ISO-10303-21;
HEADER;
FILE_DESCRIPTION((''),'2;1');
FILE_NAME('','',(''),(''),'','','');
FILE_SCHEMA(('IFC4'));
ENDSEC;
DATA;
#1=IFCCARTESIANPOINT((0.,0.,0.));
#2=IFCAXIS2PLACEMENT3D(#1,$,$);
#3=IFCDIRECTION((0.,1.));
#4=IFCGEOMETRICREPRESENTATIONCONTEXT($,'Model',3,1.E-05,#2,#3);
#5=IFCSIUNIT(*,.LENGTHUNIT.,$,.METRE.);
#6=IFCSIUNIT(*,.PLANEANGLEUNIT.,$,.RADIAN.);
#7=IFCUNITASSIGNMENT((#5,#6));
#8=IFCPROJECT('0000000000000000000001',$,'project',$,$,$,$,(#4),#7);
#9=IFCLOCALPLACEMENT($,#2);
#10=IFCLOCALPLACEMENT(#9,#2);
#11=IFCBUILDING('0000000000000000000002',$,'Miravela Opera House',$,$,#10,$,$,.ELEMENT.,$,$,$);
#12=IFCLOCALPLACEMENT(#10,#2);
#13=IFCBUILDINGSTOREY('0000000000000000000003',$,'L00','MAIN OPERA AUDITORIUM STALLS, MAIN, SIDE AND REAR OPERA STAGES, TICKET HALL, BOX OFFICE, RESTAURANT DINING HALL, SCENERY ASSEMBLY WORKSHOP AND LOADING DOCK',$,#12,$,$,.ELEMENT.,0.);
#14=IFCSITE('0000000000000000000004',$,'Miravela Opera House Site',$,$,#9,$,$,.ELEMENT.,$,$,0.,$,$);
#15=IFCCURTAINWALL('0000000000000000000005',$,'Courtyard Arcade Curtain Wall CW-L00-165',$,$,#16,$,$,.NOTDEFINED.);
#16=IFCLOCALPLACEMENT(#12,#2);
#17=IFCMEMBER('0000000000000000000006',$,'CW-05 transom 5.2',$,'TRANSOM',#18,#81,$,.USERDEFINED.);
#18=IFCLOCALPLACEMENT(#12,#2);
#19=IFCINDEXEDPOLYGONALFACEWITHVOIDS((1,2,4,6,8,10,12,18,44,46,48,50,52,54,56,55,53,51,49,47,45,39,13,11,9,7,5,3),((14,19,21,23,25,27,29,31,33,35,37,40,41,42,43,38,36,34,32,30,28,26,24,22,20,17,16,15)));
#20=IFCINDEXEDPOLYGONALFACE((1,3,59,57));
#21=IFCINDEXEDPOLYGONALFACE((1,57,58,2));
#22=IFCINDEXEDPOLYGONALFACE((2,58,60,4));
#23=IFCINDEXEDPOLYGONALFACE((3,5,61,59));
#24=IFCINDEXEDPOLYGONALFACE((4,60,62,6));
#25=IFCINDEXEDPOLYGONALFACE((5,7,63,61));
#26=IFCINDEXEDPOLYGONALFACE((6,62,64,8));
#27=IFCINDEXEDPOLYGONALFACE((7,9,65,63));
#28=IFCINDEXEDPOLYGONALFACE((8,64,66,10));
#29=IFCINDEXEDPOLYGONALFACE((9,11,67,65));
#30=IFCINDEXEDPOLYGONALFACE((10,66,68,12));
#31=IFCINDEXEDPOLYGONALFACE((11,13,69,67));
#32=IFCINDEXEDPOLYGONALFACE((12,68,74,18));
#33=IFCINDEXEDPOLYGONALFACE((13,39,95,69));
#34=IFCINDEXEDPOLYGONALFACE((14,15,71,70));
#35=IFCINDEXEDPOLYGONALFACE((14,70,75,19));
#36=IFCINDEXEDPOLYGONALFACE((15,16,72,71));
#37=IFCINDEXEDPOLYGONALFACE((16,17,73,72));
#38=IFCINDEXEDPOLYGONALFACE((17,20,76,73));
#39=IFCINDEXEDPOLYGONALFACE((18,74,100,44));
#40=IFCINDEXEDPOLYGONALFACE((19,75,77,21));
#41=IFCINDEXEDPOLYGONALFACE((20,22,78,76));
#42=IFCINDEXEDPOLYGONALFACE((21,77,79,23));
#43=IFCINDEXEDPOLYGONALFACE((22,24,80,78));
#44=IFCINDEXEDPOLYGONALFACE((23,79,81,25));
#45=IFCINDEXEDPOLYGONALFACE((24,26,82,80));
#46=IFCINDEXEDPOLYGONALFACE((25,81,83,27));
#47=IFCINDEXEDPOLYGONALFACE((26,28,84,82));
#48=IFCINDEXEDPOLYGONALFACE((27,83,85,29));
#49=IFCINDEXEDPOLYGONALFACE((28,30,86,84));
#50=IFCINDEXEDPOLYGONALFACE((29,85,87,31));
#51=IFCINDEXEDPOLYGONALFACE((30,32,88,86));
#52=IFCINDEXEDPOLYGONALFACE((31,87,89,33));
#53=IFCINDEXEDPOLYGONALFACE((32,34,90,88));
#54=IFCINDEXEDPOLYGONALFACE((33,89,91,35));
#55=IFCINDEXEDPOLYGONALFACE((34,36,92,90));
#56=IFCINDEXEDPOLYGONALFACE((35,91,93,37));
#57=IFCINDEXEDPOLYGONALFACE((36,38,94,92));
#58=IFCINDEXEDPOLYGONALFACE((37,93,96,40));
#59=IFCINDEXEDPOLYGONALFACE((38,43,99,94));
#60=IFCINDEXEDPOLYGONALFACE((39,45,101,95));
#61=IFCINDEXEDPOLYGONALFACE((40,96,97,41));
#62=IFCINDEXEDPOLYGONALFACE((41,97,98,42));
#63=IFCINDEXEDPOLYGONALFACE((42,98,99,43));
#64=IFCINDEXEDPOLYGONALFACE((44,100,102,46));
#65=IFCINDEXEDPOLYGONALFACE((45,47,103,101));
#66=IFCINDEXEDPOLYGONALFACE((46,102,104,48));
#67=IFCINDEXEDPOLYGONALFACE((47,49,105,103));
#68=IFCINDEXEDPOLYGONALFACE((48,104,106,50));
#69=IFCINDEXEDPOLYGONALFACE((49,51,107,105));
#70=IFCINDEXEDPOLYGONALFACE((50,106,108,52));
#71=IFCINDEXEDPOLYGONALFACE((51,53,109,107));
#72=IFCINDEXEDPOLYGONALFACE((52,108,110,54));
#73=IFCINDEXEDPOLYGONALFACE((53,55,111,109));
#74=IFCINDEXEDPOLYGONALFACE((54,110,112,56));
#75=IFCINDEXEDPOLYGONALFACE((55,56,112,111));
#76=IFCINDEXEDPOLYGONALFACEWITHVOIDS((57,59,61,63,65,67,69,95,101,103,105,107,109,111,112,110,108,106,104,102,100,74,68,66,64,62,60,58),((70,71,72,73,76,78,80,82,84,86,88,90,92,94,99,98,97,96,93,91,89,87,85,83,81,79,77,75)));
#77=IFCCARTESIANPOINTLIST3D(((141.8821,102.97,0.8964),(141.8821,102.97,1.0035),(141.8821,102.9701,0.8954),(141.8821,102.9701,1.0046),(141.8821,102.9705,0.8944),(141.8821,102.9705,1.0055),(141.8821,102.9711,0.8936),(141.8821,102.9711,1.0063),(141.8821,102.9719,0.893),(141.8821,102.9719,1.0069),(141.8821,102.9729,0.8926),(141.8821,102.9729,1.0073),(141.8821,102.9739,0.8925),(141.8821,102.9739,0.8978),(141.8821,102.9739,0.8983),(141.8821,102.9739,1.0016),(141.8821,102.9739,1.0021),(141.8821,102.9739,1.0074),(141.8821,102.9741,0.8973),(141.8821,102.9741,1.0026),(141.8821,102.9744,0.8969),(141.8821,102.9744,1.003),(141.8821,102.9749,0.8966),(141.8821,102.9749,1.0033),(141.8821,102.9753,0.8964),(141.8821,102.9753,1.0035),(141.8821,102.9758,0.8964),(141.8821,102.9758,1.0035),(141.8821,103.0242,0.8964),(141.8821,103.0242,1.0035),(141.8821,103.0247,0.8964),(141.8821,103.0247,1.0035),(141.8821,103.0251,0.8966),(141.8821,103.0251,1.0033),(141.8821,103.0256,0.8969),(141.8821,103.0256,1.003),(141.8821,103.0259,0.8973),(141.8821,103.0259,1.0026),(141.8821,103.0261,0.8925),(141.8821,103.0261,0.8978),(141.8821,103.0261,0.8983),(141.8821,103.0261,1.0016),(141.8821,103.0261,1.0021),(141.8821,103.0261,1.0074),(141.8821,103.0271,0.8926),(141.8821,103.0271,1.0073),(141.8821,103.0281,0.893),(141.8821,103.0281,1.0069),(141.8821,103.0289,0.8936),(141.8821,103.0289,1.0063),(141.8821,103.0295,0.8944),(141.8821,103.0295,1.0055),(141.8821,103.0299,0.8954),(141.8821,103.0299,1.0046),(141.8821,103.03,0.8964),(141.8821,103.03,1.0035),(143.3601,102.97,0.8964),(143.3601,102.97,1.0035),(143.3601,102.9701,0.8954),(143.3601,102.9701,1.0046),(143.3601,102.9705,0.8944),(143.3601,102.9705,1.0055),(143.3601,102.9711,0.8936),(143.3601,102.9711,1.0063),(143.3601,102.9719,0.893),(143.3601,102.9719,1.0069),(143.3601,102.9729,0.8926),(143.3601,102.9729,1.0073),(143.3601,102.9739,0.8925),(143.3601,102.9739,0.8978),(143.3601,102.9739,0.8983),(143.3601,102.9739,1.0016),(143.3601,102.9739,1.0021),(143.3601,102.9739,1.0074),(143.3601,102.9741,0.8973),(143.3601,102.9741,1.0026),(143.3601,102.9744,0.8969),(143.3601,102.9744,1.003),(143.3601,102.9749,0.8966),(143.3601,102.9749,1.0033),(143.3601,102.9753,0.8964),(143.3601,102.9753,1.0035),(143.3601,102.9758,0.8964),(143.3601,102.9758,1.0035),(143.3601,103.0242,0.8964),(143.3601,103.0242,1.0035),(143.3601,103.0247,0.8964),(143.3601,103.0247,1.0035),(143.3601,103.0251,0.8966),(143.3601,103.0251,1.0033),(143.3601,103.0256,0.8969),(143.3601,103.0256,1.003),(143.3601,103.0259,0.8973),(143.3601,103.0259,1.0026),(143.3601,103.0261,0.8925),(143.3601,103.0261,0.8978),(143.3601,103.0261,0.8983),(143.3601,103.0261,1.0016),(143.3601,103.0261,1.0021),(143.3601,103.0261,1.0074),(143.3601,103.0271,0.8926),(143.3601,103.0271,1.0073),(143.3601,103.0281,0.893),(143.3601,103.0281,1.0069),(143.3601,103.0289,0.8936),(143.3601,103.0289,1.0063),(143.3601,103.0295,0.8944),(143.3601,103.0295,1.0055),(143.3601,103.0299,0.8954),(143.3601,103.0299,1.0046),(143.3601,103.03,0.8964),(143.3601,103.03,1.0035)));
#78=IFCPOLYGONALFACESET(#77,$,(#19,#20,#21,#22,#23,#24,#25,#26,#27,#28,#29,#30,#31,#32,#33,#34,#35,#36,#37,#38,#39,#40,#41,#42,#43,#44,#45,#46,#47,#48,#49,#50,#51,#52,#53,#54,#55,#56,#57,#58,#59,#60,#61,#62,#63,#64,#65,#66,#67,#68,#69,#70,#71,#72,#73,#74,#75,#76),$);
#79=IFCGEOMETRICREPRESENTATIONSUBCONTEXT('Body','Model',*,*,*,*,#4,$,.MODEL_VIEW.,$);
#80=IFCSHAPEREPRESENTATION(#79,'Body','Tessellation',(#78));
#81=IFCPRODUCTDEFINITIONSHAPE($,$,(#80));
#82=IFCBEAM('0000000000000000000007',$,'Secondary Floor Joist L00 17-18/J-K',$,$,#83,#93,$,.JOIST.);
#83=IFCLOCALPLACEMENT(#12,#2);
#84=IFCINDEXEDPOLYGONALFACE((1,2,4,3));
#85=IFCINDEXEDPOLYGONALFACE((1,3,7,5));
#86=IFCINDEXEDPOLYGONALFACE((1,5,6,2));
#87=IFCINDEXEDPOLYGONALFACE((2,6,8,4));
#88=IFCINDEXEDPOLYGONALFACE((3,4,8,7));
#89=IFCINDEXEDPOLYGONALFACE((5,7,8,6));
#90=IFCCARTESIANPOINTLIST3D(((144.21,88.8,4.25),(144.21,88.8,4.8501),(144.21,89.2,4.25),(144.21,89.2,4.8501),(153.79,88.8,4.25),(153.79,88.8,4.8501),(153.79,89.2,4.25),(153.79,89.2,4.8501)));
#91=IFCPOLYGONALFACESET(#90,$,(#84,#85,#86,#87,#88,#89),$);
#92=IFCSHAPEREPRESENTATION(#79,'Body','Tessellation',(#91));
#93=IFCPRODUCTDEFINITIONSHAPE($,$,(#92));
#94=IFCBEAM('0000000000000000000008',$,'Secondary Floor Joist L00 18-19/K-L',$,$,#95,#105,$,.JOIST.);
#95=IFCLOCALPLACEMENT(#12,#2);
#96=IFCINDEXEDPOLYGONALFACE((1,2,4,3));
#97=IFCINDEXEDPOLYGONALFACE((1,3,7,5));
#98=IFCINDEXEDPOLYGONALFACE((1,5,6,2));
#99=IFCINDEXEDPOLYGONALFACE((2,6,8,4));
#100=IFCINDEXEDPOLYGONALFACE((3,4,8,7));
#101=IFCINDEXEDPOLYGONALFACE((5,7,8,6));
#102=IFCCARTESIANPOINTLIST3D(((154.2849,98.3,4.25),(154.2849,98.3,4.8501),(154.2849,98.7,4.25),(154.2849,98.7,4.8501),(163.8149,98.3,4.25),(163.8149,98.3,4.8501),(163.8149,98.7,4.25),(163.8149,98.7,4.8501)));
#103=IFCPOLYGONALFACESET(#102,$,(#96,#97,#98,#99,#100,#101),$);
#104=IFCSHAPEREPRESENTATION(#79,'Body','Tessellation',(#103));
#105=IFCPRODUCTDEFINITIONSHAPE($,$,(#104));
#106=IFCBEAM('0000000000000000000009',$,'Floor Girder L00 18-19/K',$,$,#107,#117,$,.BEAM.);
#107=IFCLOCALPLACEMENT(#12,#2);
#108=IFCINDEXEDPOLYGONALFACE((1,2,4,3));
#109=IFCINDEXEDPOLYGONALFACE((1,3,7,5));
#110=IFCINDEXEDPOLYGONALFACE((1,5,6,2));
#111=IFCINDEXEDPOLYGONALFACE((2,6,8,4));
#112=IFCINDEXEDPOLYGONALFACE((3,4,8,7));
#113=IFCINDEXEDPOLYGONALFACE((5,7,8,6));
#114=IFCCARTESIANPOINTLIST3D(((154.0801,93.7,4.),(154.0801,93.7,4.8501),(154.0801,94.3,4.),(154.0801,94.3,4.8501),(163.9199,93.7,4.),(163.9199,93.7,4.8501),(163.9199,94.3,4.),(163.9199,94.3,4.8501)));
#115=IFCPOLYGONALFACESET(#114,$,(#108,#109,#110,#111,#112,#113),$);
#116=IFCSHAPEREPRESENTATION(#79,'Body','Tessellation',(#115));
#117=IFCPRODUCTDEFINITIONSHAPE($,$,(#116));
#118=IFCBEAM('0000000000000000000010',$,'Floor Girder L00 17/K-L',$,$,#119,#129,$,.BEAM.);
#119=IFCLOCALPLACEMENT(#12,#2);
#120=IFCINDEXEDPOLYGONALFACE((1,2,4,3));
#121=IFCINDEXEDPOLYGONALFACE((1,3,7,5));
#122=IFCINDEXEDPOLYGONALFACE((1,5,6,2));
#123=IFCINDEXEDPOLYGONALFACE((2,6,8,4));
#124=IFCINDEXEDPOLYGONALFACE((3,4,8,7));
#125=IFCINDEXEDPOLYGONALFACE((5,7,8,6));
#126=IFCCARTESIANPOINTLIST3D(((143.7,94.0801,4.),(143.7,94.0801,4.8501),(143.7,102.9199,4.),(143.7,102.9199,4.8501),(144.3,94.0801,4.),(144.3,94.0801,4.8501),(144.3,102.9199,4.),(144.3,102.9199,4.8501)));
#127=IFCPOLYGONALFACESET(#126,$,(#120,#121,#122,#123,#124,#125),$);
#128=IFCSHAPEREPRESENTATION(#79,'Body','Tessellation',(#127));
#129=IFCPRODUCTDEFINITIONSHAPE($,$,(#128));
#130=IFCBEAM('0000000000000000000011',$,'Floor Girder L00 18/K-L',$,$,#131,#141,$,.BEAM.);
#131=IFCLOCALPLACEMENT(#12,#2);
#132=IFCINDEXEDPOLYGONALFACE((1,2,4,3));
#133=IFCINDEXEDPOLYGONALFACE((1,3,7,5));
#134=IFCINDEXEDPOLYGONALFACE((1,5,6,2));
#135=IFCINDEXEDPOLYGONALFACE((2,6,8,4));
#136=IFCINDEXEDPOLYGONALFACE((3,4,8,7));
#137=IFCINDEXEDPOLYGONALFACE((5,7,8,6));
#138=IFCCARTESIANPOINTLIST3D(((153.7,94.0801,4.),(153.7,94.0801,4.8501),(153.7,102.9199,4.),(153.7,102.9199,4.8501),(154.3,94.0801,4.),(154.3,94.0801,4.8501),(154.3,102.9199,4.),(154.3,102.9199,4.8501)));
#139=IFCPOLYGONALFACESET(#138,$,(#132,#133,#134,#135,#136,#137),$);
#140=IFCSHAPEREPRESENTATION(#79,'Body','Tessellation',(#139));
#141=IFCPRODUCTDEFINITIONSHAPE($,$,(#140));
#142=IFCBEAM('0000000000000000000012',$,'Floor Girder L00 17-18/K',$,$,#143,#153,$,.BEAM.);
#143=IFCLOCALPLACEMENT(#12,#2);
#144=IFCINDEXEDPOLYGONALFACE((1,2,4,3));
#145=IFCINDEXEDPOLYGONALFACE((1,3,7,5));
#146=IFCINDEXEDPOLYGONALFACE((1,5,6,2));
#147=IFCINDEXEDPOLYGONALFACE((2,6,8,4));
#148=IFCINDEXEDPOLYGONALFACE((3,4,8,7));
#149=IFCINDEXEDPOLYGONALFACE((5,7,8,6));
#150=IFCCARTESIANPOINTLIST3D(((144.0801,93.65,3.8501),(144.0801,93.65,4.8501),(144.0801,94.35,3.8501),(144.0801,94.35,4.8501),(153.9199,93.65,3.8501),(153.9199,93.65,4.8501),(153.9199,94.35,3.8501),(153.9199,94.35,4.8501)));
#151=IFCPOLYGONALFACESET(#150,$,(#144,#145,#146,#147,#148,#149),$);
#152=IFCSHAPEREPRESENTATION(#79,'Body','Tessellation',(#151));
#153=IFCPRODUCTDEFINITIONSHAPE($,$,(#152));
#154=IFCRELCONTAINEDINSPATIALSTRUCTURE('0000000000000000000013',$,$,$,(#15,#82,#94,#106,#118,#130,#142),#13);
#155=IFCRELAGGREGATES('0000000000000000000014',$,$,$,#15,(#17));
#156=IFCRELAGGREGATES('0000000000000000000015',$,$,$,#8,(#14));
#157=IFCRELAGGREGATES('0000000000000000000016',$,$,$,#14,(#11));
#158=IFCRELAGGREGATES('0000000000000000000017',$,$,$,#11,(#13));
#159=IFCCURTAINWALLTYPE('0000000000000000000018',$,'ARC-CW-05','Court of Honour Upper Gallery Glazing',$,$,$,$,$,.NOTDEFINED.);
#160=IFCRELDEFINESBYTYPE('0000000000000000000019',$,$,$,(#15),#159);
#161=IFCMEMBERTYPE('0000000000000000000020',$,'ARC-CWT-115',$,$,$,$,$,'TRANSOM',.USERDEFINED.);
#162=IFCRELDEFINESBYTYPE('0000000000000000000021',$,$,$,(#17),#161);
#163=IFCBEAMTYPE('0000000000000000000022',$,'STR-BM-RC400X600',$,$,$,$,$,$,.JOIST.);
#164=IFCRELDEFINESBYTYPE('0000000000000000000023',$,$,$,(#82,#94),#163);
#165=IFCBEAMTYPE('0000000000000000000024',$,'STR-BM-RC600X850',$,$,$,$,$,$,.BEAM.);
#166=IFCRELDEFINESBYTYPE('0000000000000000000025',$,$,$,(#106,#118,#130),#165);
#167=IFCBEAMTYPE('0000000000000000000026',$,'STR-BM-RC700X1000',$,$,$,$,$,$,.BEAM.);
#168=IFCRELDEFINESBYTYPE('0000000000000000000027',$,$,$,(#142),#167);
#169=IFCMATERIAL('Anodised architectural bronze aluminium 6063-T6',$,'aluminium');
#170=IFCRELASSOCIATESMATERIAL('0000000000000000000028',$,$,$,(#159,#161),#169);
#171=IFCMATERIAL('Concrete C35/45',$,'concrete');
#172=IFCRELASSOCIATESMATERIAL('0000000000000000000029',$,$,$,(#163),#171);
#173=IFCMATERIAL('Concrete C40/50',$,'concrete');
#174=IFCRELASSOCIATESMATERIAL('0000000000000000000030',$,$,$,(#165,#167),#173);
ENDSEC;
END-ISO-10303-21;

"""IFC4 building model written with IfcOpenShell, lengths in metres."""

from ifc_helpers import new_model, si_unit, direction, frame, origin, origin_2d, place, context, subcontext, project, spatial, rectangle, hollow_rectangle, extrude, material, material_profile, profile_set, type_object, element, aggregate, save


model = new_model("IFC4")

# Units and contexts
model_context = context("Model", 3, precision=1e-05, world=origin(), true_north=direction((0.0, 1.0)))
body_context = subcontext(model_context, "Body", "Model", "MODEL_VIEW")
ifc_project = project(units=[si_unit("LENGTHUNIT", "METRE"), si_unit("PLANEANGLEUNIT", "RADIAN")], contexts=[model_context])

# Site, building, storey
site_placement = place(None, origin())
site = spatial("IfcSite", under=ifc_project, at=site_placement, Name="Miravela Opera House Site", CompositionType="ELEMENT", RefElevation=0.0)
building_placement = place(site_placement, origin())
building = spatial("IfcBuilding", under=site, at=building_placement, Name="Miravela Opera House", CompositionType="ELEMENT")
storey_placement = place(building_placement, origin())
storey = spatial("IfcBuildingStorey", under=building, at=storey_placement, Name="L00", Description="MAIN OPERA AUDITORIUM STALLS, MAIN, SIDE AND REAR OPERA STAGES, TICKET HALL, BOX OFFICE, RESTAURANT DINING HALL, SCENERY ASSEMBLY WORKSHOP AND LOADING DOCK", CompositionType="ELEMENT", Elevation=0.0)

# Shared definitions
ifc_material_1 = material(Name="Concrete C35/45", Category="concrete")

# Curtain wall, member
ifc_material_2 = material(Name="Anodised architectural bronze aluminium 6063-T6", Category="aluminium")
curtain_wall_type = type_object("IfcCurtainWallType", Name="ARC-CW-05", Description="Court of Honour Upper Gallery Glazing", PredefinedType="NOTDEFINED", material=ifc_material_2)
curtain_wall_placement = place(storey_placement, origin())
curtain_wall = element("IfcCurtainWall", 1, at=curtain_wall_placement, inside=storey, type_object=curtain_wall_type, Name="Courtyard Arcade Curtain Wall CW-L00-165", PredefinedType="NOTDEFINED")
ifc_material_profile_1 = material_profile(ifc_material_2, hollow_rectangle(XDim=0.0601, YDim=0.115, WallThickness=0.0039, InnerFilletRadius=0.002, OuterFilletRadius=0.0039, at=origin_2d()), Name="CWT-60X115")
ifc_profile_set_1 = profile_set([ifc_material_profile_1])
member_type_1 = type_object("IfcMemberType", Name="ARC-CWT-115", ElementType="TRANSOM", PredefinedType="USERDEFINED", material=ifc_profile_set_1)
member_1_placement = place(storey_placement, frame((141.8821, 103.0, 0.95), z_axis=(1.0, 0.0, 0.0), x_axis=(0.0, 1.0, 0.0)))
member_1 = element("IfcMember", 2, at=member_1_placement, type_object=member_type_1, Name="CW-05 transom 5.2", ObjectType="TRANSOM", PredefinedType="USERDEFINED", context=body_context, shape_type="SweptSolid", body=[
    extrude(hollow_rectangle(XDim=0.0601, YDim=0.115, WallThickness=0.0039, InnerFilletRadius=0.002, OuterFilletRadius=0.0039, at=origin_2d()), origin(), (0.0, 0.0, 1.0), 1.478),
])

# Beams
ifc_material_profile_2 = material_profile(ifc_material_1, rectangle(XDim=0.3999, YDim=0.6001, at=origin_2d()), Name="RC-BM-400X600")
ifc_profile_set_2 = profile_set([ifc_material_profile_2])
beam_type_1 = type_object("IfcBeamType", Name="STR-BM-RC400X600", PredefinedType="JOIST", material=ifc_profile_set_2)
beam_1_placement = place(storey_placement, frame((144.21, 89.0, 4.55), z_axis=(1.0, 0.0, 0.0), x_axis=(0.0, 1.0, 0.0)))
element("IfcBeam", 3, at=beam_1_placement, inside=storey, type_object=beam_type_1, Name="Secondary Floor Joist L00 17-18/J-K", PredefinedType="JOIST", context=body_context, shape_type="SweptSolid", body=[
    extrude(rectangle(XDim=0.3999, YDim=0.6001, at=origin_2d()), origin(), (0.0, 0.0, 1.0), 9.5801),
])
beam_2_placement = place(storey_placement, frame((154.2849, 98.5, 4.55), z_axis=(1.0, 0.0, 0.0), x_axis=(0.0, 1.0, 0.0)))
element("IfcBeam", 4, at=beam_2_placement, inside=storey, type_object=beam_type_1, Name="Secondary Floor Joist L00 18-19/K-L", PredefinedType="JOIST", context=body_context, shape_type="SweptSolid", body=[
    extrude(rectangle(XDim=0.3999, YDim=0.6001, at=origin_2d()), origin(), (0.0, 0.0, 1.0), 9.53),
])
ifc_material_3 = material(Name="Concrete C40/50", Category="concrete")
ifc_material_profile_3 = material_profile(ifc_material_3, rectangle(XDim=0.6001, YDim=0.8501, at=origin_2d()), Name="RC-BM-600X850")
ifc_profile_set_3 = profile_set([ifc_material_profile_3])
beam_type_2 = type_object("IfcBeamType", Name="STR-BM-RC600X850", PredefinedType="BEAM", material=ifc_profile_set_3)
beam_3_placement = place(storey_placement, frame((154.0801, 94.0, 4.425), z_axis=(1.0, 0.0, 0.0), x_axis=(0.0, 1.0, 0.0)))
element("IfcBeam", 5, at=beam_3_placement, inside=storey, type_object=beam_type_2, Name="Floor Girder L00 18-19/K", PredefinedType="BEAM", context=body_context, shape_type="SweptSolid", body=[
    extrude(rectangle(XDim=0.6001, YDim=0.8501, at=origin_2d()), origin(), (0.0, 0.0, 1.0), 9.8398),
])
for number, where, z_axis, x_axis, name in (
    (6, (144.0, 94.0801, 4.425), (0.0, 1.0, 0.0), (-1.0, 0.0, 0.0), "Floor Girder L00 17/K-L"),
    (7, (154.0, 94.0801, 4.425), (0.0, 1.0, 0.0), (-1.0, 0.0, 0.0), "Floor Girder L00 18/K-L"),
):
    element("IfcBeam", number, at=place(storey_placement, frame(where, z_axis=z_axis, x_axis=x_axis)), inside=storey, type_object=beam_type_2, Name=name, PredefinedType="BEAM", context=body_context, shape_type="SweptSolid", body=[
        extrude(rectangle(XDim=0.6001, YDim=0.8501, at=origin_2d()), origin(), (0.0, 0.0, 1.0), 8.8398),
    ])
ifc_material_profile_4 = material_profile(ifc_material_3, rectangle(XDim=0.7, YDim=1.0, at=origin_2d()), Name="RC-BM-700X1000")
ifc_profile_set_4 = profile_set([ifc_material_profile_4])
beam_type_3 = type_object("IfcBeamType", Name="STR-BM-RC700X1000", PredefinedType="BEAM", material=ifc_profile_set_4)
beam_4_placement = place(storey_placement, frame((144.0801, 94.0, 4.3501), z_axis=(1.0, 0.0, 0.0), x_axis=(0.0, 1.0, 0.0)))
element("IfcBeam", 8, at=beam_4_placement, inside=storey, type_object=beam_type_3, Name="Floor Girder L00 17-18/K", PredefinedType="BEAM", context=body_context, shape_type="SweptSolid", body=[
    extrude(rectangle(XDim=0.7, YDim=1.0, at=origin_2d()), origin(), (0.0, 0.0, 1.0), 9.8398),
])

aggregate(curtain_wall, [member_1])

save(model, "model.ifc")
